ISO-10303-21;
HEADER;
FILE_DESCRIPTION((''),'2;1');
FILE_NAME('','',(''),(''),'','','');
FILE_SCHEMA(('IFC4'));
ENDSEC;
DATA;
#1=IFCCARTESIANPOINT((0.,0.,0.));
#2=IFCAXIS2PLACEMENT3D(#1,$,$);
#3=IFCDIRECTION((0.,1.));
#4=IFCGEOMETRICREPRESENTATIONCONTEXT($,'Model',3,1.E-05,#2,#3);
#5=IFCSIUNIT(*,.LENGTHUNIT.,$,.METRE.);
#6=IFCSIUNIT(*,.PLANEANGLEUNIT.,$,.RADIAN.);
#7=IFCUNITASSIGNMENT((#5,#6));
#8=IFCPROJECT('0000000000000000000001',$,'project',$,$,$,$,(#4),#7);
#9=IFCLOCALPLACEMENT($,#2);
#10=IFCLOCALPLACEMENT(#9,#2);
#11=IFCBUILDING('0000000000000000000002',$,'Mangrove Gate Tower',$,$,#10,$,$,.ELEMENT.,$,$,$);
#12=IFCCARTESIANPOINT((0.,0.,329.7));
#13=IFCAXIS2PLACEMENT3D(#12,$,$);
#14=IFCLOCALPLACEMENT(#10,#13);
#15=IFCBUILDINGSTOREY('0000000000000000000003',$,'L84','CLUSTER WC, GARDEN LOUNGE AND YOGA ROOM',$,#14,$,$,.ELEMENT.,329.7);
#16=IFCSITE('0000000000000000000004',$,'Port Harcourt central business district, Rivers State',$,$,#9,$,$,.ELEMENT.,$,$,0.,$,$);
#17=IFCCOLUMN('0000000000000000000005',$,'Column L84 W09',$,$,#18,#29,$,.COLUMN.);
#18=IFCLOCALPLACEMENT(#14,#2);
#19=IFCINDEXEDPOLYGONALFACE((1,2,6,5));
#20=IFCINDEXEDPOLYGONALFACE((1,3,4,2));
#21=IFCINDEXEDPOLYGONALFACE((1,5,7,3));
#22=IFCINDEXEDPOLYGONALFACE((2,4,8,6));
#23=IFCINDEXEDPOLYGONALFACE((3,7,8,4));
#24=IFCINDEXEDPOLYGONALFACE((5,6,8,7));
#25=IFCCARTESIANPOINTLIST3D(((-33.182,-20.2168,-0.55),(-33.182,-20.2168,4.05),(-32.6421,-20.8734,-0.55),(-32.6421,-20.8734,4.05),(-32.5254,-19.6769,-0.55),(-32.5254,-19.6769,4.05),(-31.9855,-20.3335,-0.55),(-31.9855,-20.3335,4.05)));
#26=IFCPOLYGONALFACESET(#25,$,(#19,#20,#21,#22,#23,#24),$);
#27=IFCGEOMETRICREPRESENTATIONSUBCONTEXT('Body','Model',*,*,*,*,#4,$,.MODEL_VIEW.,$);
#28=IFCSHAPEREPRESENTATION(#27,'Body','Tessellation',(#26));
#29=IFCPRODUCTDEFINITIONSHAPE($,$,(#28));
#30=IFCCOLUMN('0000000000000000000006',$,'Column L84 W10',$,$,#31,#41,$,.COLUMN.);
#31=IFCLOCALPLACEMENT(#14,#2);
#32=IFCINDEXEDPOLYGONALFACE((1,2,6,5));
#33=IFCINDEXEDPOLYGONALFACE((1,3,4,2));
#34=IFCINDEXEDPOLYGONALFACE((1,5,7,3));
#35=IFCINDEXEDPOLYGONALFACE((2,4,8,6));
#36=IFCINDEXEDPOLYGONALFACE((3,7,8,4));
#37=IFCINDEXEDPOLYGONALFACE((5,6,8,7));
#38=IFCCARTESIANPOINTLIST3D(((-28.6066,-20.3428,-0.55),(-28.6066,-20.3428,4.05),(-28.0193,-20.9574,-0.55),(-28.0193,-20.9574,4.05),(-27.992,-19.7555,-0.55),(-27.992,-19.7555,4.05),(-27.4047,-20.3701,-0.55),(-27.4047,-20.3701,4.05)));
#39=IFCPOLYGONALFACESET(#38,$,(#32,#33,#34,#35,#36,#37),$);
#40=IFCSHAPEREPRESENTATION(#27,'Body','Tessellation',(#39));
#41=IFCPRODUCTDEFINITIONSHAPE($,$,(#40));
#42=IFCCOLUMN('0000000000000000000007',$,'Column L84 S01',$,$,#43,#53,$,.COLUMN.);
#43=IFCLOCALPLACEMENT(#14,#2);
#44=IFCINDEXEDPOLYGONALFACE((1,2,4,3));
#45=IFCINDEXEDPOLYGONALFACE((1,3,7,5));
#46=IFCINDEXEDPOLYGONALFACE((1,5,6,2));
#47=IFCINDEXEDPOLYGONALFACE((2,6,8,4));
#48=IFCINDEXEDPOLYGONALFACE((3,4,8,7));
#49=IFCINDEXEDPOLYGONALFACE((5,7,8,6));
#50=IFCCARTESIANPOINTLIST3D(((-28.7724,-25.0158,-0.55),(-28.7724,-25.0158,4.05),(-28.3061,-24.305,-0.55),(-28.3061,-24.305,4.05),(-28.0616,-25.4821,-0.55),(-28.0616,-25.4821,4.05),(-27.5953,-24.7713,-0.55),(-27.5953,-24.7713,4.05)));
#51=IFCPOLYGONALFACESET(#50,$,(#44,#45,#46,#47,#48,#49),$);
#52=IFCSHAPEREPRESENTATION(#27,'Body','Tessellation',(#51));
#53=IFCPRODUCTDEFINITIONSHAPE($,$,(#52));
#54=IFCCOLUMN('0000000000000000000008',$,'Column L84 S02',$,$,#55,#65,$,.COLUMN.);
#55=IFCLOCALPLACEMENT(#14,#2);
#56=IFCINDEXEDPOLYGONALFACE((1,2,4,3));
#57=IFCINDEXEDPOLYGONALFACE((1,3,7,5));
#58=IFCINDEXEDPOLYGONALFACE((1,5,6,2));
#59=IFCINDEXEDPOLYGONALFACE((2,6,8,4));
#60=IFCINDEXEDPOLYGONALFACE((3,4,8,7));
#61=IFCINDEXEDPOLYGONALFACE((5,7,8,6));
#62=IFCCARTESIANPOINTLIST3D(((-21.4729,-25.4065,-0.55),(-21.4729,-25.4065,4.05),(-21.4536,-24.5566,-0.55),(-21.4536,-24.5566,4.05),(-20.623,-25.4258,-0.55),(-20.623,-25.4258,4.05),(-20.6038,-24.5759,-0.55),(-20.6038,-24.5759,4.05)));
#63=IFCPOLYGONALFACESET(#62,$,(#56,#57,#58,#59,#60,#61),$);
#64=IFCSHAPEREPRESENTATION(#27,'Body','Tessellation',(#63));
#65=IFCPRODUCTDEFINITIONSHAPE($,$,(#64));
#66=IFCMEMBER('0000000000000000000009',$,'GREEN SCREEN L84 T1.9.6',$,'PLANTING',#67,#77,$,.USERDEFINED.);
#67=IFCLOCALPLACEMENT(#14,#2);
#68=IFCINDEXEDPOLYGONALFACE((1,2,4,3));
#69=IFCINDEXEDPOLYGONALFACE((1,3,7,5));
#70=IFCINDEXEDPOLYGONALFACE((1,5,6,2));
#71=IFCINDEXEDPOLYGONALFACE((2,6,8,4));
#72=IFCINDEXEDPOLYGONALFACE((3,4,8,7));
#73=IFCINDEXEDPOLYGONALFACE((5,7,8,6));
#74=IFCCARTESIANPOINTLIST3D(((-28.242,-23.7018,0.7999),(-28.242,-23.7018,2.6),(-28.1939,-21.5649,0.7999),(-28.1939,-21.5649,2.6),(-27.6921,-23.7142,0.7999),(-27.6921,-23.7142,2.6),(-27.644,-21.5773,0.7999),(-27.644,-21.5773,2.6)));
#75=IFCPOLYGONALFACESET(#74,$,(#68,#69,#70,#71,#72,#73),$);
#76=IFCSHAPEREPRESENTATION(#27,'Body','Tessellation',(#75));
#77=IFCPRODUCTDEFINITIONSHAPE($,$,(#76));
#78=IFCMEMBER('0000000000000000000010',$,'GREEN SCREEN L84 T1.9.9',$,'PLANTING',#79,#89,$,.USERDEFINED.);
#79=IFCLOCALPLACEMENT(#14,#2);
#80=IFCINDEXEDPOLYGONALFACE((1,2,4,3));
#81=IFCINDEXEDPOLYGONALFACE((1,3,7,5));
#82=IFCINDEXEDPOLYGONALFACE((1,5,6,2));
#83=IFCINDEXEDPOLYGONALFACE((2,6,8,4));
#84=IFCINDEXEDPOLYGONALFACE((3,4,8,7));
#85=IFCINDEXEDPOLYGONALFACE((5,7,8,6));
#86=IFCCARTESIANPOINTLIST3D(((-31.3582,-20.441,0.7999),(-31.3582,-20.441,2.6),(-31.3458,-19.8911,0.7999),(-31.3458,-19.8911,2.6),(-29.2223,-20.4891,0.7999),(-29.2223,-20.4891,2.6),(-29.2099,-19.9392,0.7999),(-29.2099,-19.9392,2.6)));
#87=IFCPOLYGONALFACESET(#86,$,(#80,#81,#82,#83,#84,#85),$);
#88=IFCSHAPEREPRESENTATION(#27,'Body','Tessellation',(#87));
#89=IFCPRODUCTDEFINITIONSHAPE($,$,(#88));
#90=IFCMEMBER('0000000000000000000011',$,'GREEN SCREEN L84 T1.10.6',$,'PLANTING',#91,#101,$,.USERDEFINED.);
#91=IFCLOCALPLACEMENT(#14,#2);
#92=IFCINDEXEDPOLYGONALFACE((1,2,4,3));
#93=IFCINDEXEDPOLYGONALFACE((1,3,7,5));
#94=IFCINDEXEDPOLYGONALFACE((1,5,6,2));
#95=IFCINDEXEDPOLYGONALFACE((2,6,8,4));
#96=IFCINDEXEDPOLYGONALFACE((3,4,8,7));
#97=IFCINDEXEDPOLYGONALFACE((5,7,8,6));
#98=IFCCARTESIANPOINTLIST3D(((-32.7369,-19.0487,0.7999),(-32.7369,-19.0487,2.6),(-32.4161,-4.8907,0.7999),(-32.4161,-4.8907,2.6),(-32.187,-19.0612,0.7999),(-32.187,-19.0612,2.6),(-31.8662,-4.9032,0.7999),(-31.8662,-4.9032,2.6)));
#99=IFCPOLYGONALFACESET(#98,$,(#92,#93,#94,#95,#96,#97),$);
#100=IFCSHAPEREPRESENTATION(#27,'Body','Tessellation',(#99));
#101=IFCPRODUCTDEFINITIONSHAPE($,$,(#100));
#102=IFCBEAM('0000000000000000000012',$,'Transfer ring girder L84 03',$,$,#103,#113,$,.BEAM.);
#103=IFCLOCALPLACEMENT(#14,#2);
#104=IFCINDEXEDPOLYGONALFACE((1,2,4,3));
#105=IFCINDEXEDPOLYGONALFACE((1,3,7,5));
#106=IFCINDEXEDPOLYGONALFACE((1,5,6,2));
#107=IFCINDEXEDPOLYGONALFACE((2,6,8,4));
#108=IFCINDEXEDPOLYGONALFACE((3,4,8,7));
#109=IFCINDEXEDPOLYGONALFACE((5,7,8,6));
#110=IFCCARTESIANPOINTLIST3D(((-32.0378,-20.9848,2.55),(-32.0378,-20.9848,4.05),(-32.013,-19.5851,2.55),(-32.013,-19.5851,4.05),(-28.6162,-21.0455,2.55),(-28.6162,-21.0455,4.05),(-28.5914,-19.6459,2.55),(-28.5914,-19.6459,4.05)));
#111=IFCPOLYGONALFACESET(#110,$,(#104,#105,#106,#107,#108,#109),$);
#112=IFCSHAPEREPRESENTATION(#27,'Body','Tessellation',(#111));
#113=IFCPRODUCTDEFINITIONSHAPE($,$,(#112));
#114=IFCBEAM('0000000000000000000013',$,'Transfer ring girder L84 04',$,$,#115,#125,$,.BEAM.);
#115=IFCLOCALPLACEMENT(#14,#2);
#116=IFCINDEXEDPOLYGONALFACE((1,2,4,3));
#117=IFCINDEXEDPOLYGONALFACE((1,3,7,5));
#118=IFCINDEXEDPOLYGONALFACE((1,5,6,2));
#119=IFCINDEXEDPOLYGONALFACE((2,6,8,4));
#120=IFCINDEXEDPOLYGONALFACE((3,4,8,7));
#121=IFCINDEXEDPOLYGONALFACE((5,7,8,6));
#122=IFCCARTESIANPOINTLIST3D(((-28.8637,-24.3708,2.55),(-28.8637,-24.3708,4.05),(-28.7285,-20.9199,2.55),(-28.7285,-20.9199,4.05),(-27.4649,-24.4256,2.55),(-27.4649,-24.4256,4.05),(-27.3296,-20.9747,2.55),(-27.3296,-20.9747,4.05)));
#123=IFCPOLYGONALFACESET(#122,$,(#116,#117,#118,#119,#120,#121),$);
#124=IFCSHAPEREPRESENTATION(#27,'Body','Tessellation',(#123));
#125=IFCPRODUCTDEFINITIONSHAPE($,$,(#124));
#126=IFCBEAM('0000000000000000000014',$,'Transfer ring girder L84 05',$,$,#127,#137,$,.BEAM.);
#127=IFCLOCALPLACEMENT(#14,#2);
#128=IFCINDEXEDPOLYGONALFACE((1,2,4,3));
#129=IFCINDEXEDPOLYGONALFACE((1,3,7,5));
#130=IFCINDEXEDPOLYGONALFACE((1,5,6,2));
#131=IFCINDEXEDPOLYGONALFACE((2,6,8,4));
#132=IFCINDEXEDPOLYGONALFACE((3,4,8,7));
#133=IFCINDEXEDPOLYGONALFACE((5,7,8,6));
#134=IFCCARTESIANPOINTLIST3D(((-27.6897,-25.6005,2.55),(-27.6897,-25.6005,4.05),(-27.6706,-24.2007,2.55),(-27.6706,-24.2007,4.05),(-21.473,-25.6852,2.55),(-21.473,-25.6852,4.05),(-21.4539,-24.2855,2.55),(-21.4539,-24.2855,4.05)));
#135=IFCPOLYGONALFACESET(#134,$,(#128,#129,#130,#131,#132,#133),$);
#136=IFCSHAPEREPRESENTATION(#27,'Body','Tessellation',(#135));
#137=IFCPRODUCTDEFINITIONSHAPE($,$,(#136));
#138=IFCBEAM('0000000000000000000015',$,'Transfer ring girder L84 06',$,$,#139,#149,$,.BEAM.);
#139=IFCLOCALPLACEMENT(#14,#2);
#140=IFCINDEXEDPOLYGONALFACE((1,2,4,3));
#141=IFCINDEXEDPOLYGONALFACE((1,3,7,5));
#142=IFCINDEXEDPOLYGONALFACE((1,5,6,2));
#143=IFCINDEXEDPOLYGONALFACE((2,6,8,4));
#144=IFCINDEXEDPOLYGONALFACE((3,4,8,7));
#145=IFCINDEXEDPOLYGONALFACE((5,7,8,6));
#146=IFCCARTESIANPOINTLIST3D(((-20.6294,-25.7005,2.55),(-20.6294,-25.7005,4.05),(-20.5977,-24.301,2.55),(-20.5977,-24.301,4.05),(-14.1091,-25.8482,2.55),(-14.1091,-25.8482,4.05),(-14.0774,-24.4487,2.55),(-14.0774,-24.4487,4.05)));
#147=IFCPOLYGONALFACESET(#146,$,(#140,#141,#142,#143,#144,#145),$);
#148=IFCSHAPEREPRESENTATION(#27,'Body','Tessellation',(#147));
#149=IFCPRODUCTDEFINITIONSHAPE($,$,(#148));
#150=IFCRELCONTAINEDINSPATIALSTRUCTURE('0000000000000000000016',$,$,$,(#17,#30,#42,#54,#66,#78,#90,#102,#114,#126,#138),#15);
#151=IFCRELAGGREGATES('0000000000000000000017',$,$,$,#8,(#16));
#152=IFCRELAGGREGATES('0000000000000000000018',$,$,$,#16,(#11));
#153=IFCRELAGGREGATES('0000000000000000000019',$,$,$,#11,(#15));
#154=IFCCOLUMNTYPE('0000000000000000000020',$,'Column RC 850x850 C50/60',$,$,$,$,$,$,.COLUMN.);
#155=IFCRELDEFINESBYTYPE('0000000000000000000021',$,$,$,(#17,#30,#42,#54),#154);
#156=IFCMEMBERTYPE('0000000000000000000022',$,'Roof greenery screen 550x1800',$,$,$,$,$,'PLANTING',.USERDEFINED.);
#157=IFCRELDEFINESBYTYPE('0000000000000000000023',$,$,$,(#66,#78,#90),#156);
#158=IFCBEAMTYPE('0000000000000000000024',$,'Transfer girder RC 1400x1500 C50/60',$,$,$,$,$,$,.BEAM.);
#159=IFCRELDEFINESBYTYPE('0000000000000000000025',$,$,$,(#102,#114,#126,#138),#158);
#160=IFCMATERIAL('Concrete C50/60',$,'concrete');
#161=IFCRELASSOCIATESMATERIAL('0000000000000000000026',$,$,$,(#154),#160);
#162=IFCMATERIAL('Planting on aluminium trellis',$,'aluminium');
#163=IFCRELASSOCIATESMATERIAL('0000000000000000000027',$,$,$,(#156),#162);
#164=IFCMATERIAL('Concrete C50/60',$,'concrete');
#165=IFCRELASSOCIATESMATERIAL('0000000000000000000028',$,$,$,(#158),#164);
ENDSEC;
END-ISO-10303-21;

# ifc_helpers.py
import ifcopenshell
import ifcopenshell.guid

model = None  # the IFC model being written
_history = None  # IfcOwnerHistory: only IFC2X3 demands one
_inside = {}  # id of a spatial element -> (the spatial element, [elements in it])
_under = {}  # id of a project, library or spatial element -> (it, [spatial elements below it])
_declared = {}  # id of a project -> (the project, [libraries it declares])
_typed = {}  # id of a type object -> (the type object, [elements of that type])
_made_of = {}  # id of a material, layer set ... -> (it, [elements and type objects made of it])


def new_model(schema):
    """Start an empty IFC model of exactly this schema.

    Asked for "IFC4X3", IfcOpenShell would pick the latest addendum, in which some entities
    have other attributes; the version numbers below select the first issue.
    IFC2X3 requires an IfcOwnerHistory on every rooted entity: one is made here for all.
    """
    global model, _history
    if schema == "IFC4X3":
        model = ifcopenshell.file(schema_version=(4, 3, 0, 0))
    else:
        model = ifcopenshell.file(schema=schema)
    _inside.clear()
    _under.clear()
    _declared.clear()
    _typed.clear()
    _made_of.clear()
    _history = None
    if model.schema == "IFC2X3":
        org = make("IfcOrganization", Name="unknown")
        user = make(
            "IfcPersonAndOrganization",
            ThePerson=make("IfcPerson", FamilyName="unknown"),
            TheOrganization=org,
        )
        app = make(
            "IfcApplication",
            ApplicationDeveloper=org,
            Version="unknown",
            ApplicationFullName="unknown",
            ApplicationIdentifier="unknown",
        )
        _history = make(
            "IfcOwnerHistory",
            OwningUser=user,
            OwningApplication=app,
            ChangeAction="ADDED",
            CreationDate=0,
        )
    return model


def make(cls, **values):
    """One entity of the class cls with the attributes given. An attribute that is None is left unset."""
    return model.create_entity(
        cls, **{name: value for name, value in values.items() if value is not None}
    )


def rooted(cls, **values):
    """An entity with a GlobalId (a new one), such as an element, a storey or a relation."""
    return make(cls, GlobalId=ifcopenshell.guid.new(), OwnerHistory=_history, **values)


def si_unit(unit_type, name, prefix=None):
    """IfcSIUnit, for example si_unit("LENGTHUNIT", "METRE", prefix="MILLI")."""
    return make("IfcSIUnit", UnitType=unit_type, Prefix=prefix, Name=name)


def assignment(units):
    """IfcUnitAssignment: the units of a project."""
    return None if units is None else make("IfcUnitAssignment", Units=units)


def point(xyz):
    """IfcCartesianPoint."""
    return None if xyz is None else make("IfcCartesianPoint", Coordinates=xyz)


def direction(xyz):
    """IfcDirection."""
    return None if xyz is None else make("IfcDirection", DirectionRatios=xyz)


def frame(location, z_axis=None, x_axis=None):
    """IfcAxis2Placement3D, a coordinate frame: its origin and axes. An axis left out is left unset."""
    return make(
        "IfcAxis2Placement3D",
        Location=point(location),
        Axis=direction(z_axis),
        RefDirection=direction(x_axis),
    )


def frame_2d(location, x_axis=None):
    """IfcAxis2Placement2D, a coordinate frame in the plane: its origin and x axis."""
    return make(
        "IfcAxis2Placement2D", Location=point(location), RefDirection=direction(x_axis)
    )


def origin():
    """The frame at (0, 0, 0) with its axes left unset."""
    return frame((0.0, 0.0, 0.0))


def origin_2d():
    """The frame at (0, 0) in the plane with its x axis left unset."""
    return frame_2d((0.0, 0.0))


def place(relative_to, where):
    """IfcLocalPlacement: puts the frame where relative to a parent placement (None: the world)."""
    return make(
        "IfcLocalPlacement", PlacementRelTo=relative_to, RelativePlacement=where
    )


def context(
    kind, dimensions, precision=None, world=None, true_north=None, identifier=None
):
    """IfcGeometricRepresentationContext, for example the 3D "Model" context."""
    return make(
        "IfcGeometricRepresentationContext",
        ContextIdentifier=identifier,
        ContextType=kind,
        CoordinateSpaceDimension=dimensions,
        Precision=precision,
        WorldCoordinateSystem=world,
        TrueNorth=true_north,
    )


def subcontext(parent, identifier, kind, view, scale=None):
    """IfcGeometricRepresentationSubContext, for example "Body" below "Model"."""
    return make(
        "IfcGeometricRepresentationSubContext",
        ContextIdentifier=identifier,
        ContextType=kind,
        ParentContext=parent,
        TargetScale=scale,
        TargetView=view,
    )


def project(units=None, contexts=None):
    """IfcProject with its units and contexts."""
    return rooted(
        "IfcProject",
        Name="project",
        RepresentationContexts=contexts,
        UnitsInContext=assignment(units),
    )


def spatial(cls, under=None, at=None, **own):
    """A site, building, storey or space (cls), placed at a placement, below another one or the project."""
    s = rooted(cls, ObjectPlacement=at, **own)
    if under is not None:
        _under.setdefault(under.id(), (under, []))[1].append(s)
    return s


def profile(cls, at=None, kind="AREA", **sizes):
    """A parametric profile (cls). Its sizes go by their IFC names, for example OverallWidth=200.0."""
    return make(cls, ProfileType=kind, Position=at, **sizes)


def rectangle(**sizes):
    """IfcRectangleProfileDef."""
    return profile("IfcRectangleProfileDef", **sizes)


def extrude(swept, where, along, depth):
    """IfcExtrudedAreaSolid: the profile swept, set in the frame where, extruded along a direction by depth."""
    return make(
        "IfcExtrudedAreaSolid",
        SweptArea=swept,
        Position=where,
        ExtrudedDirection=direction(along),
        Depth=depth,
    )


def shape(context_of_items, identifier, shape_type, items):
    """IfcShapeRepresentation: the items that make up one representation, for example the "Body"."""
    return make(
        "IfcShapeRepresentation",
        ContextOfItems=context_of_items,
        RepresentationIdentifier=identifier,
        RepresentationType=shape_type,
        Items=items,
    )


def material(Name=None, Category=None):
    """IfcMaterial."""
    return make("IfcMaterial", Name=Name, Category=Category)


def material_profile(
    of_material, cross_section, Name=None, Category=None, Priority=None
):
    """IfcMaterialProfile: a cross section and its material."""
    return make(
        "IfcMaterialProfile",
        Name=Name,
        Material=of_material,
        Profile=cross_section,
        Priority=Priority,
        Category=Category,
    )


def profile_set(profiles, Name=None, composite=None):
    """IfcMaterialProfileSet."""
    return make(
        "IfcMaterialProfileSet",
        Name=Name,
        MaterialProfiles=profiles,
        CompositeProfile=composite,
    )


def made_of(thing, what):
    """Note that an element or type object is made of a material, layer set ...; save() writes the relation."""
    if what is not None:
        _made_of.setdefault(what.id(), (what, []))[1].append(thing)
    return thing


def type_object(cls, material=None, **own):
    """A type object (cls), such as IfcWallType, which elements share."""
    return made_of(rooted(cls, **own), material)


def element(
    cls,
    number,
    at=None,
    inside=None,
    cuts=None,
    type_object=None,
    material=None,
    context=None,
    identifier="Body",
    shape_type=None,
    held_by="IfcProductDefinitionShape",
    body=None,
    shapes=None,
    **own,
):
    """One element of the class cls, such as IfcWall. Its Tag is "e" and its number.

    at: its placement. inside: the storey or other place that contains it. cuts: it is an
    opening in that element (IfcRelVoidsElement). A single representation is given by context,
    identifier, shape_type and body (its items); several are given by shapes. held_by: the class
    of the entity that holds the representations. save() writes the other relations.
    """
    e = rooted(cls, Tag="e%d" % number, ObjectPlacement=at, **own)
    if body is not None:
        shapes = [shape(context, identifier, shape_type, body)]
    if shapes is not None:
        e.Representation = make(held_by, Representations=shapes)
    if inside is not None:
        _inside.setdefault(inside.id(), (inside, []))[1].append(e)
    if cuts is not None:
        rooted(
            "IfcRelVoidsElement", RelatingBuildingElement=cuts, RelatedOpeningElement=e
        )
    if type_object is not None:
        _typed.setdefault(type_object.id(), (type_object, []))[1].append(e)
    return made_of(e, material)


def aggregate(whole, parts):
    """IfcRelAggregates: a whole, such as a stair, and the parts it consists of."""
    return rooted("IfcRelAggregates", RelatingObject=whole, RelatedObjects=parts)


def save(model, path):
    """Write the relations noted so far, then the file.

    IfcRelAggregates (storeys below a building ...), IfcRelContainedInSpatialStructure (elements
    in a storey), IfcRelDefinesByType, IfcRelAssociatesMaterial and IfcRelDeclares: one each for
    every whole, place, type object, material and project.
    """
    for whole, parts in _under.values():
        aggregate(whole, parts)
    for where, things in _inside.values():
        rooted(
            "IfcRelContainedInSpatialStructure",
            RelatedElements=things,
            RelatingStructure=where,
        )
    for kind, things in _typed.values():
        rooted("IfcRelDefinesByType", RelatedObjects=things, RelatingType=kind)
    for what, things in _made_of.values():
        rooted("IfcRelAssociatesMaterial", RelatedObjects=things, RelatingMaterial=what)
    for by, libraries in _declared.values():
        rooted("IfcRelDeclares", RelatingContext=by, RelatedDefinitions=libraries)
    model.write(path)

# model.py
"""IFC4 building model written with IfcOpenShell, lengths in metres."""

from ifc_helpers import new_model, si_unit, direction, frame, origin, origin_2d, place, context, subcontext, project, spatial, rectangle, extrude, material, material_profile, profile_set, type_object, element, save


model = new_model("IFC4")

# Units and contexts
model_context = context("Model", 3, precision=1e-05, world=origin(), true_north=direction((0.0, 1.0)))
body_context = subcontext(model_context, "Body", "Model", "MODEL_VIEW")
ifc_project = project(units=[si_unit("LENGTHUNIT", "METRE"), si_unit("PLANEANGLEUNIT", "RADIAN")], contexts=[model_context])

# Site, building, storey
site_placement = place(None, origin())
site = spatial("IfcSite", under=ifc_project, at=site_placement, Name="Port Harcourt central business district, Rivers State", CompositionType="ELEMENT", RefElevation=0.0)
building_placement = place(site_placement, origin())
building = spatial("IfcBuilding", under=site, at=building_placement, Name="Mangrove Gate Tower", CompositionType="ELEMENT")
storey_placement = place(building_placement, frame((0.0, 0.0, 329.7)))
storey = spatial("IfcBuildingStorey", under=building, at=storey_placement, Name="L84", Description="CLUSTER WC, GARDEN LOUNGE AND YOGA ROOM", CompositionType="ELEMENT", Elevation=329.7)

# Columns
ifc_material_1 = material(Name="Concrete C50/60", Category="concrete")
ifc_material_profile_1 = material_profile(ifc_material_1, rectangle(XDim=0.8501, YDim=0.8501, at=origin_2d()))
ifc_profile_set_1 = profile_set([ifc_material_profile_1], Name="Concrete C50/60")
column_type = type_object("IfcColumnType", Name="Column RC 850x850 C50/60", PredefinedType="COLUMN", material=ifc_profile_set_1)
for number, where, z_axis, x_axis, name in (
    (1, (-32.5837, -20.2751, -0.55), (0.0, 0.0, 1.0), (0.635105, -0.772425, 0.0), "Column L84 W09"),
    (2, (-28.0056, -20.3564, -0.55), (0.0, 0.0, 1.0), (0.690863, -0.722986, 0.0), "Column L84 W10"),
    (3, (-28.1838, -24.8936, -0.55), (0.0, 0.0, 1.0), (0.836135, -0.548523, 0.0), "Column L84 S01"),
    (4, (-21.0383, -24.9912, -0.55), (0.0, 0.0, 1.0), (0.999743, -0.022655, 0.0), "Column L84 S02"),
):
    element("IfcColumn", number, at=place(storey_placement, frame(where, z_axis=z_axis, x_axis=x_axis)), inside=storey, type_object=column_type, Name=name, PredefinedType="COLUMN", context=body_context, shape_type="SweptSolid", body=[
        extrude(rectangle(XDim=0.8501, YDim=0.8501, at=origin_2d()), origin(), (0.0, 0.0, 1.0), 4.6001),
    ])

# Members
ifc_material_2 = material(Name="Planting on aluminium trellis", Category="aluminium")
ifc_material_profile_2 = material_profile(ifc_material_2, rectangle(XDim=0.55, YDim=1.8, at=origin_2d()))
ifc_profile_set_2 = profile_set([ifc_material_profile_2], Name="Planting on aluminium trellis")
member_type = type_object("IfcMemberType", Name="Roof greenery screen 550x1800", ElementType="PLANTING", PredefinedType="USERDEFINED", material=ifc_profile_set_2)
member_1_placement = place(storey_placement, frame((-27.967, -23.708, 1.7), z_axis=(0.022501, 0.999747, 0.0), x_axis=(-0.999747, 0.022501, 0.0)))
element("IfcMember", 5, at=member_1_placement, inside=storey, type_object=member_type, Name="GREEN SCREEN L84 T1.9.6", ObjectType="PLANTING", PredefinedType="USERDEFINED", context=body_context, shape_type="SweptSolid", body=[
    extrude(rectangle(XDim=0.55, YDim=1.8, at=origin_2d()), origin(), (0.0, 0.0, 1.0), 2.1375),
])
member_2_placement = place(storey_placement, frame((-29.2161, -20.2141, 1.7), z_axis=(-0.999747, 0.022511, 0.0), x_axis=(-0.022511, -0.999747, 0.0)))
element("IfcMember", 6, at=member_2_placement, inside=storey, type_object=member_type, Name="GREEN SCREEN L84 T1.9.9", ObjectType="PLANTING", PredefinedType="USERDEFINED", context=body_context, shape_type="SweptSolid", body=[
    extrude(rectangle(XDim=0.55, YDim=1.8, at=origin_2d()), origin(), (0.0, 0.0, 1.0), 2.1365),
])
member_3_placement = place(storey_placement, frame((-32.4619, -19.0549, 1.7), z_axis=(0.022653, 0.999743, 0.0), x_axis=(-0.999743, 0.022653, 0.0)))
element("IfcMember", 7, at=member_3_placement, inside=storey, type_object=member_type, Name="GREEN SCREEN L84 T1.10.6", ObjectType="PLANTING", PredefinedType="USERDEFINED", context=body_context, shape_type="SweptSolid", body=[
    extrude(rectangle(XDim=0.55, YDim=1.8, at=origin_2d()), origin(), (0.0, 0.0, 1.0), 14.1616),
])

# Beams
ifc_material_3 = material(Name="Concrete C50/60", Category="concrete")
ifc_material_profile_3 = material_profile(ifc_material_3, rectangle(XDim=1.3999, YDim=1.5, at=origin_2d()))
ifc_profile_set_3 = profile_set([ifc_material_profile_3], Name="Concrete C50/60")
beam_type = type_object("IfcBeamType", Name="Transfer girder RC 1400x1500 C50/60", PredefinedType="BEAM", material=ifc_profile_set_3)
beam_1_placement = place(storey_placement, frame((-32.0254, -20.2849, 3.3), z_axis=(0.999842, -0.017764, 0.0), x_axis=(0.017764, 0.999842, 0.0)))
element("IfcBeam", 8, at=beam_1_placement, inside=storey, type_object=beam_type, Name="Transfer ring girder L84 03", PredefinedType="BEAM", context=body_context, shape_type="SweptSolid", body=[
    extrude(rectangle(XDim=1.3999, YDim=1.5, at=origin_2d()), origin(), (0.0, 0.0, 1.0), 3.4221),
])
beam_2_placement = place(storey_placement, frame((-28.0291, -20.9473, 3.3), z_axis=(-0.039163, -0.999233, 0.0), x_axis=(0.999233, -0.039163, 0.0)))
element("IfcBeam", 9, at=beam_2_placement, inside=storey, type_object=beam_type, Name="Transfer ring girder L84 04", PredefinedType="BEAM", context=body_context, shape_type="SweptSolid", body=[
    extrude(rectangle(XDim=1.3999, YDim=1.5, at=origin_2d()), origin(), (0.0, 0.0, 1.0), 3.4536),
])
beam_3_placement = place(storey_placement, frame((-27.6802, -24.9006, 3.3), z_axis=(0.999907, -0.013626, 0.0), x_axis=(0.013626, 0.999907, 0.0)))
element("IfcBeam", 10, at=beam_3_placement, inside=storey, type_object=beam_type, Name="Transfer ring girder L84 05", PredefinedType="BEAM", context=body_context, shape_type="SweptSolid", body=[
    extrude(rectangle(XDim=1.3999, YDim=1.5, at=origin_2d()), origin(), (0.0, 0.0, 1.0), 6.2173),
])
beam_4_placement = place(storey_placement, frame((-20.6135, -25.0007, 3.3), z_axis=(0.999744, -0.022647, 0.0), x_axis=(0.022647, 0.999744, 0.0)))
element("IfcBeam", 11, at=beam_4_placement, inside=storey, type_object=beam_type, Name="Transfer ring girder L84 06", PredefinedType="BEAM", context=body_context, shape_type="SweptSolid", body=[
    extrude(rectangle(XDim=1.3999, YDim=1.5, at=origin_2d()), origin(), (0.0, 0.0, 1.0), 6.522),
])

save(model, "model.ifc")
